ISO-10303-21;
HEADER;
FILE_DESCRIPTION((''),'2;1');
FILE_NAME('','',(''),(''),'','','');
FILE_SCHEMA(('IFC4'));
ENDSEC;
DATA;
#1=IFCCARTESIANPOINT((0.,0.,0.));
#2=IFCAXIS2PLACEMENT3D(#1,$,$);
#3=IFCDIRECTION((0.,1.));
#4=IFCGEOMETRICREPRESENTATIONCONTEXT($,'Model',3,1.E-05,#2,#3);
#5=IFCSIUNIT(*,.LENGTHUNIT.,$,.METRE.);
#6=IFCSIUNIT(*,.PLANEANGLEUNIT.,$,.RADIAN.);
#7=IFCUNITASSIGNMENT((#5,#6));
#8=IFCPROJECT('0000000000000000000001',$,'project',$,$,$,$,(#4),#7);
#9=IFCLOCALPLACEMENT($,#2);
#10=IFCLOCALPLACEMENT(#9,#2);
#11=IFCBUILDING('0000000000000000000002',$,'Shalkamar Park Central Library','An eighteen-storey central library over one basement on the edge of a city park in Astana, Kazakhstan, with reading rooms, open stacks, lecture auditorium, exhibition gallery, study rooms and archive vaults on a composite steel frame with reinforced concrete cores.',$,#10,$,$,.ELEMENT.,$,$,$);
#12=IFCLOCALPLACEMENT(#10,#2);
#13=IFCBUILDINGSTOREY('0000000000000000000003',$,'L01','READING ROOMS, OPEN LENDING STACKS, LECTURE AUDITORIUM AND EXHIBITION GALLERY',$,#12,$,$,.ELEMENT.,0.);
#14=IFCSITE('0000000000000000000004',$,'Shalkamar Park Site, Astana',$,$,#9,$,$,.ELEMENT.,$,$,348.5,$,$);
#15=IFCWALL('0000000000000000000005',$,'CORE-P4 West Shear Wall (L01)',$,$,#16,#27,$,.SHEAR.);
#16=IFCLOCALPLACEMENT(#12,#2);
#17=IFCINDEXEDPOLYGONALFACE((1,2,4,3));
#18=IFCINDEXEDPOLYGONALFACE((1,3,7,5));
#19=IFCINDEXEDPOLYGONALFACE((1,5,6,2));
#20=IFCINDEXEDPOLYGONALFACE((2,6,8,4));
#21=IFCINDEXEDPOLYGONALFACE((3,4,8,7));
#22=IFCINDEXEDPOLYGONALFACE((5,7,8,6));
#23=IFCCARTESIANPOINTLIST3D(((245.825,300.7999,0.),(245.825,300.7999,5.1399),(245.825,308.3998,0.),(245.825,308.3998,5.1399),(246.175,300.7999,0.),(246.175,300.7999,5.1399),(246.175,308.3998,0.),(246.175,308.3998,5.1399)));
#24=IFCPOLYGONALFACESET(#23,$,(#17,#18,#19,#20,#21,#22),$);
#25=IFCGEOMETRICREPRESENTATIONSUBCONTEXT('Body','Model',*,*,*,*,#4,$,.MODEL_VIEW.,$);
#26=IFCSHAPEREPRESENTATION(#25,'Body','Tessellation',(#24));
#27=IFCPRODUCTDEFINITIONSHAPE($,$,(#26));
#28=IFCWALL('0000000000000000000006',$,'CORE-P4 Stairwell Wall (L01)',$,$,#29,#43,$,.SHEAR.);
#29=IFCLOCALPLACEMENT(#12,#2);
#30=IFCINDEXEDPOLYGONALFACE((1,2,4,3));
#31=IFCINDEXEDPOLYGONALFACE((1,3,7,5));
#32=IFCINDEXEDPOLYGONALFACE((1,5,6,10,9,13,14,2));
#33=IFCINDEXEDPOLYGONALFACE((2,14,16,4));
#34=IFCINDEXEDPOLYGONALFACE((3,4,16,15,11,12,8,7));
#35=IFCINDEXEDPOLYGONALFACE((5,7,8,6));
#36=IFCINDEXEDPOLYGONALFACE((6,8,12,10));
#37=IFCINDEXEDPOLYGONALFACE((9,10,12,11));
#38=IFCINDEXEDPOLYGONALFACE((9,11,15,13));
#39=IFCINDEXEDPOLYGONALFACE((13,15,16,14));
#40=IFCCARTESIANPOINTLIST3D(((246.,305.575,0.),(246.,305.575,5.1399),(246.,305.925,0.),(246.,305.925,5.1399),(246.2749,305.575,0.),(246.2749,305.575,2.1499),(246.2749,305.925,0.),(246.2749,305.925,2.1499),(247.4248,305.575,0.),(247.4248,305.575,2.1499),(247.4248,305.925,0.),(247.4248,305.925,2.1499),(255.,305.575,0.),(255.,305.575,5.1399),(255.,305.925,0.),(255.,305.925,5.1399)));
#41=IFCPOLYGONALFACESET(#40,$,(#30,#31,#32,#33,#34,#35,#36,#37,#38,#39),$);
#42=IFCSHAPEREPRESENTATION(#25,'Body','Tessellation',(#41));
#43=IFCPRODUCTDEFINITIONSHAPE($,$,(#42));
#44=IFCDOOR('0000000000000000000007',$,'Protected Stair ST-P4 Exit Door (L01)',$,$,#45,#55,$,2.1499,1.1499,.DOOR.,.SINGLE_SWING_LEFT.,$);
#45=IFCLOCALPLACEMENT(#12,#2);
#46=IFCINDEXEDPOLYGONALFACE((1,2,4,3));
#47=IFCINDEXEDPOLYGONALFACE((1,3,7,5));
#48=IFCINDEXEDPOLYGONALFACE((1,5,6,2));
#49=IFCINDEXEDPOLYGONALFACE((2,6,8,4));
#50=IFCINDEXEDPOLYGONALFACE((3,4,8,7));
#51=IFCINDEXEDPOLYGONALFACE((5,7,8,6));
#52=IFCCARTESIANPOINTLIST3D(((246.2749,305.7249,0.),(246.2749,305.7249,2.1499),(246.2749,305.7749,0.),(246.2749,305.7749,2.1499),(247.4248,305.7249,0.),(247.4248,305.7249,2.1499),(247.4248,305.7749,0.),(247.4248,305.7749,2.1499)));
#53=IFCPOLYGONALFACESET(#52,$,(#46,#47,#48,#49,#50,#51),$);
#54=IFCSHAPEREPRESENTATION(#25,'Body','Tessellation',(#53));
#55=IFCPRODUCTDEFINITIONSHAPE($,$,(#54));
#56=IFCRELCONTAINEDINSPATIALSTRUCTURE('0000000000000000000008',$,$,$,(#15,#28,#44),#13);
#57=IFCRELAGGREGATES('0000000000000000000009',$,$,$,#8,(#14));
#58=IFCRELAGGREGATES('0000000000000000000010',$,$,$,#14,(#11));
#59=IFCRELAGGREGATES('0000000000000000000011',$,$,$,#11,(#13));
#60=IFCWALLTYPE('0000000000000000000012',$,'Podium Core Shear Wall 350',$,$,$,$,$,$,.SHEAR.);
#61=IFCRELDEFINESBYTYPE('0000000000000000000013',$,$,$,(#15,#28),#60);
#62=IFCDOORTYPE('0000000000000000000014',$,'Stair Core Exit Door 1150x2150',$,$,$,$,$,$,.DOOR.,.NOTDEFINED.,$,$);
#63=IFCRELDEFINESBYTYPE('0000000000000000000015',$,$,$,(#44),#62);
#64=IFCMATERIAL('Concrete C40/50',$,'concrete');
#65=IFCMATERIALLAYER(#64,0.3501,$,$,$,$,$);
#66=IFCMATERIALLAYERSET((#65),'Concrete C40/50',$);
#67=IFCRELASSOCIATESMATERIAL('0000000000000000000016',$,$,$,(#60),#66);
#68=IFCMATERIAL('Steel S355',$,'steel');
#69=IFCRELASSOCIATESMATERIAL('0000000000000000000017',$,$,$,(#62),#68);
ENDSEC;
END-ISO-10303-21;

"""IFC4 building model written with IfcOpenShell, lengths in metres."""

from ifc_helpers import new_model, si_unit, direction, frame, frame_2d, origin, place, context, subcontext, project, spatial, rectangle, extrude, material, layer, layer_set, type_object, element, fill, save


model = new_model("IFC4")

# Units and contexts
model_context = context("Model", 3, precision=1e-05, world=origin(), true_north=direction((0.0, 1.0)))
body_context = subcontext(model_context, "Body", "Model", "MODEL_VIEW")
ifc_project = project(units=[si_unit("LENGTHUNIT", "METRE"), si_unit("PLANEANGLEUNIT", "RADIAN")], contexts=[model_context])

# Site, building, storey
site_placement = place(None, origin())
site = spatial("IfcSite", under=ifc_project, at=site_placement, Name="Shalkamar Park Site, Astana", CompositionType="ELEMENT", RefElevation=348.5)
building_placement = place(site_placement, origin())
building = spatial("IfcBuilding", under=site, at=building_placement, Name="Shalkamar Park Central Library", Description="An eighteen-storey central library over one basement on the edge of a city park in Astana, Kazakhstan, with reading rooms, open stacks, lecture auditorium, exhibition gallery, study rooms and archive vaults on a composite steel frame with reinforced concrete cores.", CompositionType="ELEMENT")
storey_placement = place(building_placement, origin())
storey = spatial("IfcBuildingStorey", under=building, at=storey_placement, Name="L01", Description="READING ROOMS, OPEN LENDING STACKS, LECTURE AUDITORIUM AND EXHIBITION GALLERY", CompositionType="ELEMENT", Elevation=0.0)

# Shared definitions
ifc_material_1 = material(Name="Steel S355", Category="steel")

# Wall
ifc_material_2 = material(Name="Concrete C40/50", Category="concrete")
ifc_layer_1 = layer(ifc_material_2, 0.3501)
ifc_layer_set_1 = layer_set([ifc_layer_1], Name="Concrete C40/50")
wall_type_1 = type_object("IfcWallType", Name="Podium Core Shear Wall 350", PredefinedType="SHEAR", material=ifc_layer_set_1)
wall_1_placement = place(storey_placement, frame((246.0, 300.8, 0.0), z_axis=(0.0, 0.0, 1.0), x_axis=(0.0, 1.0, 0.0)))
element("IfcWall", 1, at=wall_1_placement, inside=storey, type_object=wall_type_1, Name="CORE-P4 West Shear Wall (L01)", PredefinedType="SHEAR", context=body_context, shape_type="SweptSolid", body=[
    extrude(rectangle(XDim=7.5999, YDim=0.3501, at=frame_2d((3.7998, 0.0))), origin(), (0.0, 0.0, 1.0), 5.1399),
])

# Wall, opening, door
wall_2_placement = place(storey_placement, frame((246.0, 305.75, 0.0), z_axis=(0.0, 0.0, 1.0), x_axis=(1.0, 0.0, 0.0)))
wall_2 = element("IfcWall", 2, at=wall_2_placement, inside=storey, type_object=wall_type_1, Name="CORE-P4 Stairwell Wall (L01)", PredefinedType="SHEAR", context=body_context, shape_type="SweptSolid", body=[
    extrude(rectangle(XDim=9.0, YDim=0.3501, at=frame_2d((4.5, 0.0))), origin(), (0.0, 0.0, 1.0), 5.1399),
])
opening_1_placement = place(wall_2_placement, frame((0.2749, 0.0, 0.0)))
opening_1 = element("IfcOpeningElement", 3, at=opening_1_placement, cuts=wall_2, PredefinedType="OPENING", context=body_context, shape_type="SweptSolid", body=[
    extrude(rectangle(XDim=1.1499, YDim=2.1499, at=frame_2d((0.575, 1.075))), frame((0.0, 0.1899, 0.0), z_axis=(0.0, -1.0, 0.0), x_axis=(1.0, 0.0, 0.0)), (0.0, 0.0, 1.0), 0.3799),
])
door_type_1 = type_object("IfcDoorType", Name="Stair Core Exit Door 1150x2150", OperationType="NOTDEFINED", PredefinedType="DOOR", material=ifc_material_1)
door_1_placement = place(opening_1_placement, origin())
door_1 = element("IfcDoor", 4, at=door_1_placement, inside=storey, type_object=door_type_1, Name="Protected Stair ST-P4 Exit Door (L01)", OperationType="SINGLE_SWING_LEFT", OverallHeight=2.1499, OverallWidth=1.1499, PredefinedType="DOOR", context=body_context, shape_type="SweptSolid", body=[
    extrude(rectangle(XDim=1.1499, YDim=2.1499, at=frame_2d((0.575, 1.075))), frame((0.0, 0.0249, 0.0), z_axis=(0.0, -1.0, 0.0), x_axis=(1.0, 0.0, 0.0)), (0.0, 0.0, 1.0), 0.05),
])
fill(opening_1, door_1)

save(model, "model.ifc")
